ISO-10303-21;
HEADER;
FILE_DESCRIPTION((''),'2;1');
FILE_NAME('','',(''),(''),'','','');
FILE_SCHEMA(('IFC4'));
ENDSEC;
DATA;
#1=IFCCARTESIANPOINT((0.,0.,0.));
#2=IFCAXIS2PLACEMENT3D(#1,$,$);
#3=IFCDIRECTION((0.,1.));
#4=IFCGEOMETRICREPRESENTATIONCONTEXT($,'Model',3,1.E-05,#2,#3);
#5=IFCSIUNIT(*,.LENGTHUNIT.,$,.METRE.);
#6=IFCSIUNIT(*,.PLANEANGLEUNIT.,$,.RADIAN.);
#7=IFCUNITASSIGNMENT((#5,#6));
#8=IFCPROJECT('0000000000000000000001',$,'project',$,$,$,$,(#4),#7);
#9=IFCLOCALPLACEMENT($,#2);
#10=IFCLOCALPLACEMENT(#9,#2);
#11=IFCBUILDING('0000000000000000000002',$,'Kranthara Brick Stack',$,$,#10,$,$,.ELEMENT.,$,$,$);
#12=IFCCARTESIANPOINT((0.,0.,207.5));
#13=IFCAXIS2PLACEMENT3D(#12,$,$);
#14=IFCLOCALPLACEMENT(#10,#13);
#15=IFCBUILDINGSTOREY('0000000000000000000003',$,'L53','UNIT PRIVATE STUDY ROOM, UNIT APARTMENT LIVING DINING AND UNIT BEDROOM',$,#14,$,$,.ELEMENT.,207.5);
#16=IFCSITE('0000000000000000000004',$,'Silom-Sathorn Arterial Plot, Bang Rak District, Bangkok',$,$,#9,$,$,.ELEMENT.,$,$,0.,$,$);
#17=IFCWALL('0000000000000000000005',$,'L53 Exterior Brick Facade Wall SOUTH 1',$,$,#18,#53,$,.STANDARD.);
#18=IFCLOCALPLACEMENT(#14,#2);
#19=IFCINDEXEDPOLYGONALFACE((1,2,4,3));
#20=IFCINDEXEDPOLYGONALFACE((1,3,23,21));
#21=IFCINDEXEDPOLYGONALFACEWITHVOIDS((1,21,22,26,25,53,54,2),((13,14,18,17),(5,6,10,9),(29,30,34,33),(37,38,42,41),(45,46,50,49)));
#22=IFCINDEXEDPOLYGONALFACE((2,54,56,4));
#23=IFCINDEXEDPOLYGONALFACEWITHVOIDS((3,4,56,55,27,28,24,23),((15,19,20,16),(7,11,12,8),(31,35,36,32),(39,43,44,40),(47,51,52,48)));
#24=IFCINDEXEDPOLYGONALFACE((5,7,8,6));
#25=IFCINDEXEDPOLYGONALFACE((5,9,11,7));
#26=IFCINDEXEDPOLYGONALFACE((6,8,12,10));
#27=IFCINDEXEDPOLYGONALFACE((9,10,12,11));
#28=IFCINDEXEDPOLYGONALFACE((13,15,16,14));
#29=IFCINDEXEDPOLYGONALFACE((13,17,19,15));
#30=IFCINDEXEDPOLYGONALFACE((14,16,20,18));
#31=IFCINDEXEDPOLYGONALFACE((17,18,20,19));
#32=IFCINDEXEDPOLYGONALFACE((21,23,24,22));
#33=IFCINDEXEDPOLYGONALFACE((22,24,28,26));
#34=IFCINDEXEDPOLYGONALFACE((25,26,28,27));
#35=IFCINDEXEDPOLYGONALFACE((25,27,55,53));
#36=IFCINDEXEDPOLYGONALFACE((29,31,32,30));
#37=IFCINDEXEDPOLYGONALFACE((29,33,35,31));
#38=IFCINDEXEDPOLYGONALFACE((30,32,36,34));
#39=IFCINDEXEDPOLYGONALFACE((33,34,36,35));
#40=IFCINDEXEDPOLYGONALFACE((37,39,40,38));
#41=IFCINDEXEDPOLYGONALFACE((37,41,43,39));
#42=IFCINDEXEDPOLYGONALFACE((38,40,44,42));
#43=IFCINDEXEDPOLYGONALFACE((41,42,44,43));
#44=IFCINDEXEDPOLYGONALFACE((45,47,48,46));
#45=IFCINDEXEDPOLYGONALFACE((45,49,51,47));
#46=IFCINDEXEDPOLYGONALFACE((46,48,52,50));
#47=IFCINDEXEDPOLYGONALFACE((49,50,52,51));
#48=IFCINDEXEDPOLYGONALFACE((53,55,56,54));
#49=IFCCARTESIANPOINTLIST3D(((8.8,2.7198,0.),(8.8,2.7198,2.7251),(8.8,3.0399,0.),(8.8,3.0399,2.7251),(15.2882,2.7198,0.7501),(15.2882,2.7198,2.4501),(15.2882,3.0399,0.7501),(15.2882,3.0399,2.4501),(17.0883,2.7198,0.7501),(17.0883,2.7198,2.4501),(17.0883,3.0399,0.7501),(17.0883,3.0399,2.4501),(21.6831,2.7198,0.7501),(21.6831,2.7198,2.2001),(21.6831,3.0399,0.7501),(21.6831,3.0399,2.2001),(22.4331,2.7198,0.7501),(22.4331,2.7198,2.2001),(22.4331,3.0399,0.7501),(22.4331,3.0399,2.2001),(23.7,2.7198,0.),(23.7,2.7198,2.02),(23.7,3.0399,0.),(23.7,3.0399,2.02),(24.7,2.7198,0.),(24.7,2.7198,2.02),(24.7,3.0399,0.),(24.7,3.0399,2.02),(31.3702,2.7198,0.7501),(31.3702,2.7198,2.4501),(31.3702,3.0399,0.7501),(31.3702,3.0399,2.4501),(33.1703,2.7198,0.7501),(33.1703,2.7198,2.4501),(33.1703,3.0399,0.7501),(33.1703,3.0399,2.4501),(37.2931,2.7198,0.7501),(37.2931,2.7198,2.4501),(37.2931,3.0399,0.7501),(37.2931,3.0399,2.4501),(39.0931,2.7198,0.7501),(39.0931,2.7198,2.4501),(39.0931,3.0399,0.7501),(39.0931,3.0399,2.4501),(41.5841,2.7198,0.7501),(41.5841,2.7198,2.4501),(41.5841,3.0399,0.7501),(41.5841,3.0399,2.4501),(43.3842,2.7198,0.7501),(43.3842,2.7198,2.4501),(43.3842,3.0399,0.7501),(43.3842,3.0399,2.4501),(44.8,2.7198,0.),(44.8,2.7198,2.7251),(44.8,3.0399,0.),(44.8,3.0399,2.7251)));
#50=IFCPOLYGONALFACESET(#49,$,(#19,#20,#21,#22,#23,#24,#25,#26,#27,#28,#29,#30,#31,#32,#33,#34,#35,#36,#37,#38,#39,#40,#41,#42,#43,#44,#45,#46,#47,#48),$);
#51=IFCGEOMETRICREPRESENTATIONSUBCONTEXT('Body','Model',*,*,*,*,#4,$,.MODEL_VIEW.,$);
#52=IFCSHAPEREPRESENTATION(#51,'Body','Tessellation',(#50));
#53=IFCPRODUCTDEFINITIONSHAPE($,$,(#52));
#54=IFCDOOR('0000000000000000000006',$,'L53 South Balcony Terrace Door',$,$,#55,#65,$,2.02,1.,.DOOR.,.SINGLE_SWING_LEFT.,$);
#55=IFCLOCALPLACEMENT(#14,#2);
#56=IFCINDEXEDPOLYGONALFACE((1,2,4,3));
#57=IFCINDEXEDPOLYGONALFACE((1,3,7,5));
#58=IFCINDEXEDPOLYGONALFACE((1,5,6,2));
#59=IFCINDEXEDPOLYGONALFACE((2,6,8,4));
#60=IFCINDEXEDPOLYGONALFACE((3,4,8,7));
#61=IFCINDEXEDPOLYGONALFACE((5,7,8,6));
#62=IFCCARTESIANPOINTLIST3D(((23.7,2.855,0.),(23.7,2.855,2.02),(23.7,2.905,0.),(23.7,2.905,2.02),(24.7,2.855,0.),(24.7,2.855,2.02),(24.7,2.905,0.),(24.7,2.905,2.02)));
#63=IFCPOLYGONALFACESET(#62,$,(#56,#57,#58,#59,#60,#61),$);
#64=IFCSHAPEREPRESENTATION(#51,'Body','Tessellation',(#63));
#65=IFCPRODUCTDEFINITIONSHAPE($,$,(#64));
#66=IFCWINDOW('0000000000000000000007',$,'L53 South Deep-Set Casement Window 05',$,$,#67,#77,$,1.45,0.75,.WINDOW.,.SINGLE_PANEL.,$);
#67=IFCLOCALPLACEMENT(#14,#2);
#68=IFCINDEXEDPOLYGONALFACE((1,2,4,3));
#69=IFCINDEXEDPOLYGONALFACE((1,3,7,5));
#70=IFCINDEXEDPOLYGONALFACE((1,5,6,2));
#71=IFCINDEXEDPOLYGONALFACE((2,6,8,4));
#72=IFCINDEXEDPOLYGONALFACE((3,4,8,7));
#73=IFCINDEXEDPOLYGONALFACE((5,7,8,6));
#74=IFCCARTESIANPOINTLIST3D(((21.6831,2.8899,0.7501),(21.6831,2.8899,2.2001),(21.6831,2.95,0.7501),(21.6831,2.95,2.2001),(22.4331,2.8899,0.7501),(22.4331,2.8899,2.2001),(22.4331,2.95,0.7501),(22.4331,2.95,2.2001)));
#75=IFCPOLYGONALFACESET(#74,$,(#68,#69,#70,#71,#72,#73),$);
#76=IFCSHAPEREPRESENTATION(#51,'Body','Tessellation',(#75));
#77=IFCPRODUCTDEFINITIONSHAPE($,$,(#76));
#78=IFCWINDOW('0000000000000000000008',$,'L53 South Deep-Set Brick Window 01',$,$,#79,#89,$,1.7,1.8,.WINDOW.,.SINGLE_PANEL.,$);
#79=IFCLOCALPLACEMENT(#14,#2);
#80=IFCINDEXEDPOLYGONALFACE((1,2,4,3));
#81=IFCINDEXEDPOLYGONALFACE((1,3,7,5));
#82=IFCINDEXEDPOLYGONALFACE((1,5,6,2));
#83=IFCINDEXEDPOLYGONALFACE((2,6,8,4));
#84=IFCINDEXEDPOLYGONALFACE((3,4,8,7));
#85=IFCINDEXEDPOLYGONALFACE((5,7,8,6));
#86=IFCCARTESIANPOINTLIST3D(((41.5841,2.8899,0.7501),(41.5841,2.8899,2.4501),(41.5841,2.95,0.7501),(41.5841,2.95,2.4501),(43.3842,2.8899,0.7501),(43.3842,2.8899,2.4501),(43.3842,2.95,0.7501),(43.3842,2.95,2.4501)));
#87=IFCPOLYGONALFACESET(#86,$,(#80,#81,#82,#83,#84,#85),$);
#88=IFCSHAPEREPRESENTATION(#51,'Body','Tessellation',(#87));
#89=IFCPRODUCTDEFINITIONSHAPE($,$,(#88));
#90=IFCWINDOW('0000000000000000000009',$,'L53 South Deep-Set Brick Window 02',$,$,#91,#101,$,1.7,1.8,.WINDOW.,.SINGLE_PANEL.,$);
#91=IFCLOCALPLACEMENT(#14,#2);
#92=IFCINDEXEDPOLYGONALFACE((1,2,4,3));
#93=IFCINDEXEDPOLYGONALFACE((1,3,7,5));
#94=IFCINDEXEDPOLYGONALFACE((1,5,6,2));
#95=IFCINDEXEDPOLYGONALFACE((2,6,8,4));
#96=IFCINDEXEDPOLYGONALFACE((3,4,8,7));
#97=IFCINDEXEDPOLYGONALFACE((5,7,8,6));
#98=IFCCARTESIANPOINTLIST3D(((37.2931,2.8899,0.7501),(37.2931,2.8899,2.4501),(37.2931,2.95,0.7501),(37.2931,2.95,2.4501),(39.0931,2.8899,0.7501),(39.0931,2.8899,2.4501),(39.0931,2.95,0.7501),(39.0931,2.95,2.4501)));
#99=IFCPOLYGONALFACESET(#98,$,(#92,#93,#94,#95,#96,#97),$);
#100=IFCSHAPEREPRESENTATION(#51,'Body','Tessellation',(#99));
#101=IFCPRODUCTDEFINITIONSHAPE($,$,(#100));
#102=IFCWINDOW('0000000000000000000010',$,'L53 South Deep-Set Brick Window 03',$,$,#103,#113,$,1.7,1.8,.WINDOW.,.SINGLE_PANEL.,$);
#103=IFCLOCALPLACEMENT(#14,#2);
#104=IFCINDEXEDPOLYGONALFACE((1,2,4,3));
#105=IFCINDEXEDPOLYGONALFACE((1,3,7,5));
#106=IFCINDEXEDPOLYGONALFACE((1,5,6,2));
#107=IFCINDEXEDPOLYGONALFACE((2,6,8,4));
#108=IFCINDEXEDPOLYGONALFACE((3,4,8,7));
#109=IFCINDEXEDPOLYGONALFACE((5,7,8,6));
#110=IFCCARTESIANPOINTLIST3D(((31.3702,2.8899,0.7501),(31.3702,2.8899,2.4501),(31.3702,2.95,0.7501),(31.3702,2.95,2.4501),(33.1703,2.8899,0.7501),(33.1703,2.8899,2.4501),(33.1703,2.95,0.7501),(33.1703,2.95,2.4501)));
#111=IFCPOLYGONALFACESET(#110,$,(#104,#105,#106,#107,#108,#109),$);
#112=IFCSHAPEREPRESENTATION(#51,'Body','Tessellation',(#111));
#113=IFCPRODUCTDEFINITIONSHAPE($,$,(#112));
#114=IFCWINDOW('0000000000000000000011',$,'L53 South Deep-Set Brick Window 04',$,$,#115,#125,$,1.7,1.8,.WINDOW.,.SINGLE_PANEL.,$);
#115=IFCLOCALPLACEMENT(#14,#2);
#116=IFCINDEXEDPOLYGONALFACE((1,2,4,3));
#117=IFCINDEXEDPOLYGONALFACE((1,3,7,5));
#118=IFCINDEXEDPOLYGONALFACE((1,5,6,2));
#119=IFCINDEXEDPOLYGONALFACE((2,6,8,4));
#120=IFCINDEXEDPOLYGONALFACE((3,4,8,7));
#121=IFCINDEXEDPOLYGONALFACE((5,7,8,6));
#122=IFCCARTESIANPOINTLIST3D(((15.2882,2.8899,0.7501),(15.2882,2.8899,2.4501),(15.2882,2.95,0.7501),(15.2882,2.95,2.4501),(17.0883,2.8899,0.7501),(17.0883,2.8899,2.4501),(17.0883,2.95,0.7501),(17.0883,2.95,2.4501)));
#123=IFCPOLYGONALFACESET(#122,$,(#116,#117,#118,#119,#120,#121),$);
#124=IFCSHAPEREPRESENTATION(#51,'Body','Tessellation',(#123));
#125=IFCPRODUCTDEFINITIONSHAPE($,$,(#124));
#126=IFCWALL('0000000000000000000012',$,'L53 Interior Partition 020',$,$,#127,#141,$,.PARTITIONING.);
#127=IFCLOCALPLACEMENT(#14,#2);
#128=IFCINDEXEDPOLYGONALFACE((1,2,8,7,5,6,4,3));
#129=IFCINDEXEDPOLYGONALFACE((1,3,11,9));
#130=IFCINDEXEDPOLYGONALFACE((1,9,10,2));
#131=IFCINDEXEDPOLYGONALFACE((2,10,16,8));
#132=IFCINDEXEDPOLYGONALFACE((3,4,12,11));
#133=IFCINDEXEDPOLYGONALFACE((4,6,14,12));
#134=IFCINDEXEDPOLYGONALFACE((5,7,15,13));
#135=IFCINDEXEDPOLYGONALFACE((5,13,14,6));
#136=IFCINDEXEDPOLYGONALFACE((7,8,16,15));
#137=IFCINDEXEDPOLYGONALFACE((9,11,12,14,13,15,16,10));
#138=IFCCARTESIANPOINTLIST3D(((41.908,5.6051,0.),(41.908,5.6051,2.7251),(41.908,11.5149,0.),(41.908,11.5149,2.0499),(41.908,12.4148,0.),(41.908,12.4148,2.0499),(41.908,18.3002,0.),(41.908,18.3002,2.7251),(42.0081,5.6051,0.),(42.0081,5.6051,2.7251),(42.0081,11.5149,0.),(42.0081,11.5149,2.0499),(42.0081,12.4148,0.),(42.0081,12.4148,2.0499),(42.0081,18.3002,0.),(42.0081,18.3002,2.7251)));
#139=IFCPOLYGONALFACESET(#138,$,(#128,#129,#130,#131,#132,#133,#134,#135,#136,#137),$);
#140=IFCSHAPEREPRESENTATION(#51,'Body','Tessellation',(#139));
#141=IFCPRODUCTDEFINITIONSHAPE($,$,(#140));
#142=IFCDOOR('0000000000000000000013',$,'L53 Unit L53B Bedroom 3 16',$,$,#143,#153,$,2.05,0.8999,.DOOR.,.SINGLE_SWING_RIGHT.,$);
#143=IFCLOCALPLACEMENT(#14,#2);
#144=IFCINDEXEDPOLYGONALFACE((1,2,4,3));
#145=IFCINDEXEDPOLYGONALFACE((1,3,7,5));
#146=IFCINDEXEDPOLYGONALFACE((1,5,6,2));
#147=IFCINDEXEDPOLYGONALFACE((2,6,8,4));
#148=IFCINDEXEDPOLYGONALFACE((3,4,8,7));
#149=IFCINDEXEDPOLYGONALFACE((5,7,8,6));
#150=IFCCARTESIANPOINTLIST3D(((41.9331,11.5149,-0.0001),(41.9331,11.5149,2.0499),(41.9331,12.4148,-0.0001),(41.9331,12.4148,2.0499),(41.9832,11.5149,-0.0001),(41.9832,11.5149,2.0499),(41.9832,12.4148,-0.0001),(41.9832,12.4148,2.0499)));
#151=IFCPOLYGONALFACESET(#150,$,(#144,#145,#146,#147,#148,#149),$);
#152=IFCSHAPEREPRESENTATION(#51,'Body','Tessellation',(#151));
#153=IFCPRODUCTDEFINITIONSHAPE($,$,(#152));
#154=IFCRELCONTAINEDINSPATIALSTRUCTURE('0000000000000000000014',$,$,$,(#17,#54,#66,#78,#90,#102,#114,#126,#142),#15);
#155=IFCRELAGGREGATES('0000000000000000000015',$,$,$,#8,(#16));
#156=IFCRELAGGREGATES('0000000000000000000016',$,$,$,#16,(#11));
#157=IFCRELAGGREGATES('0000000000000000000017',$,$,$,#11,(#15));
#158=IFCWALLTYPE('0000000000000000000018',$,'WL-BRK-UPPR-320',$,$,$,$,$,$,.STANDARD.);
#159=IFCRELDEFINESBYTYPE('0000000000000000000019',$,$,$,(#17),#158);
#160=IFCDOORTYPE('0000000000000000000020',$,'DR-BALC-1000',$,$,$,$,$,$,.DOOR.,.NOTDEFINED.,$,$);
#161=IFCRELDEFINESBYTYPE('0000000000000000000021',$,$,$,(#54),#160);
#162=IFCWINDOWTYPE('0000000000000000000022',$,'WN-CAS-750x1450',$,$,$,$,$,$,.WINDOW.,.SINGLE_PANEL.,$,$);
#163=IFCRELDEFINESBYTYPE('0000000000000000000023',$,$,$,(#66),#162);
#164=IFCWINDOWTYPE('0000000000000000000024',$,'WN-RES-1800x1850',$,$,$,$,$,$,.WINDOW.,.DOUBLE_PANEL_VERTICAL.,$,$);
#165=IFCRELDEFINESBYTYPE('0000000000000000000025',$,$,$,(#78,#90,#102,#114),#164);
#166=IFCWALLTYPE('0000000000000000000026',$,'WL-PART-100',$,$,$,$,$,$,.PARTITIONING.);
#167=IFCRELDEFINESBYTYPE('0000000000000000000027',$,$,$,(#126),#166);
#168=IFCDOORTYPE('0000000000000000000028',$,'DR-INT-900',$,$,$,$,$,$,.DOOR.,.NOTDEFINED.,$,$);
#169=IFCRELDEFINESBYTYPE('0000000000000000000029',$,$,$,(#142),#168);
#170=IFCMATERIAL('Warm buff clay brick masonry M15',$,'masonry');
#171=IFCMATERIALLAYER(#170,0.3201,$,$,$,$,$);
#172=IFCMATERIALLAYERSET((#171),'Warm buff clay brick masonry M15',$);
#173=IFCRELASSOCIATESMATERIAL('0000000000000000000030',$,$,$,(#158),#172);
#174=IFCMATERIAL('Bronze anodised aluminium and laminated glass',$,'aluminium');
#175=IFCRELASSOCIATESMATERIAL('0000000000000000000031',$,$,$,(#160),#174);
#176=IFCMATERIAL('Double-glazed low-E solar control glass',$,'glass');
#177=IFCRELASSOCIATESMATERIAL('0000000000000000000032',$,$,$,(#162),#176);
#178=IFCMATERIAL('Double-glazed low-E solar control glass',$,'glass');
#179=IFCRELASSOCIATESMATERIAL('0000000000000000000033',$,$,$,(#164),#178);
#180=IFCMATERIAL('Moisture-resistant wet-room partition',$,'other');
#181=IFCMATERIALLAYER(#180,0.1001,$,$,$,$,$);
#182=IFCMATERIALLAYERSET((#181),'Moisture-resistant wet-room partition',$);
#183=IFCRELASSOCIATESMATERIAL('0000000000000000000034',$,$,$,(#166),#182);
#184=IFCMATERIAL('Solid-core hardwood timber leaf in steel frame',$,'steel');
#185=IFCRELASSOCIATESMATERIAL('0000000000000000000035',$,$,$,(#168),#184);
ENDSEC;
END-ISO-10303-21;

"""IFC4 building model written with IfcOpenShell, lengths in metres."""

from ifc_helpers import new_model, si_unit, direction, frame, frame_2d, origin, place, context, subcontext, project, spatial, rectangle, extrude, material, layer, layer_set, type_object, element, fill, save


model = new_model("IFC4")

# Units and contexts
model_context = context("Model", 3, precision=1e-05, world=origin(), true_north=direction((0.0, 1.0)))
body_context = subcontext(model_context, "Body", "Model", "MODEL_VIEW")
ifc_project = project(units=[si_unit("LENGTHUNIT", "METRE"), si_unit("PLANEANGLEUNIT", "RADIAN")], contexts=[model_context])

# Site, building, storey
site_placement = place(None, origin())
site = spatial("IfcSite", under=ifc_project, at=site_placement, Name="Silom-Sathorn Arterial Plot, Bang Rak District, Bangkok", CompositionType="ELEMENT", RefElevation=0.0)
building_placement = place(site_placement, origin())
building = spatial("IfcBuilding", under=site, at=building_placement, Name="Kranthara Brick Stack", CompositionType="ELEMENT")
storey_placement = place(building_placement, frame((0.0, 0.0, 207.5)))
storey = spatial("IfcBuildingStorey", under=building, at=storey_placement, Name="L53", Description="UNIT PRIVATE STUDY ROOM, UNIT APARTMENT LIVING DINING AND UNIT BEDROOM", CompositionType="ELEMENT", Elevation=207.5)

# Wall, openings, door, windows
ifc_material_1 = material(Name="Warm buff clay brick masonry M15", Category="masonry")
ifc_layer_1 = layer(ifc_material_1, 0.3201)
ifc_layer_set_1 = layer_set([ifc_layer_1], Name="Warm buff clay brick masonry M15")
wall_type_1 = type_object("IfcWallType", Name="WL-BRK-UPPR-320", PredefinedType="STANDARD", material=ifc_layer_set_1)
wall_1_placement = place(storey_placement, frame((44.8, 2.8799, 0.0), z_axis=(0.0, 0.0, 1.0), x_axis=(-1.0, 0.0, 0.0)))
wall_1 = element("IfcWall", 1, at=wall_1_placement, inside=storey, type_object=wall_type_1, Name="L53 Exterior Brick Facade Wall SOUTH 1", PredefinedType="STANDARD", context=body_context, shape_type="SweptSolid", body=[
    extrude(rectangle(XDim=36.0, YDim=0.3201, at=frame_2d((18.0, 0.0))), origin(), (0.0, 0.0, 1.0), 2.7251),
])
opening_1_placement = place(wall_1_placement, frame((20.1001, 0.0, 0.0)))
opening_1 = element("IfcOpeningElement", 2, at=opening_1_placement, cuts=wall_1, PredefinedType="OPENING", context=body_context, shape_type="SweptSolid", body=[
    extrude(rectangle(XDim=1.0, YDim=2.02, at=frame_2d((0.5, 1.01))), frame((0.0, 0.1699, 0.0), z_axis=(0.0, -1.0, 0.0), x_axis=(1.0, 0.0, 0.0)), (0.0, 0.0, 1.0), 0.3401),
])
opening_2_placement = place(wall_1_placement, frame((1.416, 0.0, 0.75)))
opening_2 = element("IfcOpeningElement", 3, at=opening_2_placement, cuts=wall_1, PredefinedType="OPENING", context=body_context, shape_type="SweptSolid", body=[
    extrude(rectangle(XDim=1.8, YDim=1.7, at=frame_2d((0.8999, 0.8501))), frame((0.0, 0.1699, 0.0), z_axis=(0.0, -1.0, 0.0), x_axis=(1.0, 0.0, 0.0)), (0.0, 0.0, 1.0), 0.3401),
])
opening_3_placement = place(wall_1_placement, frame((5.707, 0.0, 0.75)))
opening_3 = element("IfcOpeningElement", 4, at=opening_3_placement, cuts=wall_1, PredefinedType="OPENING", context=body_context, shape_type="SweptSolid", body=[
    extrude(rectangle(XDim=1.8, YDim=1.7, at=frame_2d((0.8999, 0.8501))), frame((0.0, 0.1699, 0.0), z_axis=(0.0, -1.0, 0.0), x_axis=(1.0, 0.0, 0.0)), (0.0, 0.0, 1.0), 0.3401),
])
opening_4_placement = place(wall_1_placement, frame((11.6299, 0.0, 0.75)))
opening_4 = element("IfcOpeningElement", 5, at=opening_4_placement, cuts=wall_1, PredefinedType="OPENING", context=body_context, shape_type="SweptSolid", body=[
    extrude(rectangle(XDim=1.8, YDim=1.7, at=frame_2d((0.8999, 0.8501))), frame((0.0, 0.1699, 0.0), z_axis=(0.0, -1.0, 0.0), x_axis=(1.0, 0.0, 0.0)), (0.0, 0.0, 1.0), 0.3401),
])
opening_5_placement = place(wall_1_placement, frame((27.7119, 0.0, 0.75)))
opening_5 = element("IfcOpeningElement", 6, at=opening_5_placement, cuts=wall_1, PredefinedType="OPENING", context=body_context, shape_type="SweptSolid", body=[
    extrude(rectangle(XDim=1.8, YDim=1.7, at=frame_2d((0.8999, 0.8501))), frame((0.0, 0.1699, 0.0), z_axis=(0.0, -1.0, 0.0), x_axis=(1.0, 0.0, 0.0)), (0.0, 0.0, 1.0), 0.3401),
])
opening_6_placement = place(wall_1_placement, frame((22.3669, 0.0, 0.75)))
opening_6 = element("IfcOpeningElement", 7, at=opening_6_placement, cuts=wall_1, PredefinedType="OPENING", context=body_context, shape_type="SweptSolid", body=[
    extrude(rectangle(XDim=0.75, YDim=1.45, at=frame_2d((0.375, 0.7251))), frame((0.0, 0.1699, 0.0), z_axis=(0.0, -1.0, 0.0), x_axis=(1.0, 0.0, 0.0)), (0.0, 0.0, 1.0), 0.3401),
])
ifc_material_2 = material(Name="Bronze anodised aluminium and laminated glass", Category="aluminium")
door_type_1 = type_object("IfcDoorType", Name="DR-BALC-1000", OperationType="NOTDEFINED", PredefinedType="DOOR", material=ifc_material_2)
door_1_placement = place(opening_1_placement, origin())
door_1 = element("IfcDoor", 8, at=door_1_placement, inside=storey, type_object=door_type_1, Name="L53 South Balcony Terrace Door", OperationType="SINGLE_SWING_LEFT", OverallHeight=2.02, OverallWidth=1.0, PredefinedType="DOOR", context=body_context, shape_type="SweptSolid", body=[
    extrude(rectangle(XDim=1.0, YDim=2.02, at=frame_2d((0.5, 1.01))), frame((0.0, 0.0249, 0.0), z_axis=(0.0, -1.0, 0.0), x_axis=(1.0, 0.0, 0.0)), (0.0, 0.0, 1.0), 0.05),
])
fill(opening_1, door_1)
ifc_material_3 = material(Name="Double-glazed low-E solar control glass", Category="glass")
window_type_1 = type_object("IfcWindowType", Name="WN-CAS-750x1450", PartitioningType="SINGLE_PANEL", PredefinedType="WINDOW", material=ifc_material_3)
window_1_placement = place(opening_6_placement, origin())
window_1 = element("IfcWindow", 9, at=window_1_placement, inside=storey, type_object=window_type_1, Name="L53 South Deep-Set Casement Window 05", OverallHeight=1.45, OverallWidth=0.75, PartitioningType="SINGLE_PANEL", PredefinedType="WINDOW", context=body_context, shape_type="SweptSolid", body=[
    extrude(rectangle(XDim=0.75, YDim=1.45, at=frame_2d((0.375, 0.7251))), frame((0.0, -0.01, 0.0), z_axis=(0.0, -1.0, 0.0), x_axis=(1.0, 0.0, 0.0)), (0.0, 0.0, 1.0), 0.0601),
])
fill(opening_6, window_1)
ifc_material_4 = material(Name="Double-glazed low-E solar control glass", Category="glass")
window_type_2 = type_object("IfcWindowType", Name="WN-RES-1800x1850", PartitioningType="DOUBLE_PANEL_VERTICAL", PredefinedType="WINDOW", material=ifc_material_4)
window_2_placement = place(opening_2_placement, origin())
window_2 = element("IfcWindow", 10, at=window_2_placement, inside=storey, type_object=window_type_2, Name="L53 South Deep-Set Brick Window 01", OverallHeight=1.7, OverallWidth=1.8, PartitioningType="SINGLE_PANEL", PredefinedType="WINDOW", context=body_context, shape_type="SweptSolid", body=[
    extrude(rectangle(XDim=1.8, YDim=1.7, at=frame_2d((0.8999, 0.8501))), frame((0.0, -0.01, 0.0), z_axis=(0.0, -1.0, 0.0), x_axis=(1.0, 0.0, 0.0)), (0.0, 0.0, 1.0), 0.0601),
])
fill(opening_2, window_2)
window_3_placement = place(opening_3_placement, origin())
window_3 = element("IfcWindow", 11, at=window_3_placement, inside=storey, type_object=window_type_2, Name="L53 South Deep-Set Brick Window 02", OverallHeight=1.7, OverallWidth=1.8, PartitioningType="SINGLE_PANEL", PredefinedType="WINDOW", context=body_context, shape_type="SweptSolid", body=[
    extrude(rectangle(XDim=1.8, YDim=1.7, at=frame_2d((0.8999, 0.8501))), frame((0.0, -0.01, 0.0), z_axis=(0.0, -1.0, 0.0), x_axis=(1.0, 0.0, 0.0)), (0.0, 0.0, 1.0), 0.0601),
])
fill(opening_3, window_3)
window_4_placement = place(opening_4_placement, origin())
window_4 = element("IfcWindow", 12, at=window_4_placement, inside=storey, type_object=window_type_2, Name="L53 South Deep-Set Brick Window 03", OverallHeight=1.7, OverallWidth=1.8, PartitioningType="SINGLE_PANEL", PredefinedType="WINDOW", context=body_context, shape_type="SweptSolid", body=[
    extrude(rectangle(XDim=1.8, YDim=1.7, at=frame_2d((0.8999, 0.8501))), frame((0.0, -0.01, 0.0), z_axis=(0.0, -1.0, 0.0), x_axis=(1.0, 0.0, 0.0)), (0.0, 0.0, 1.0), 0.0601),
])
fill(opening_4, window_4)
window_5_placement = place(opening_5_placement, origin())
window_5 = element("IfcWindow", 13, at=window_5_placement, inside=storey, type_object=window_type_2, Name="L53 South Deep-Set Brick Window 04", OverallHeight=1.7, OverallWidth=1.8, PartitioningType="SINGLE_PANEL", PredefinedType="WINDOW", context=body_context, shape_type="SweptSolid", body=[
    extrude(rectangle(XDim=1.8, YDim=1.7, at=frame_2d((0.8999, 0.8501))), frame((0.0, -0.01, 0.0), z_axis=(0.0, -1.0, 0.0), x_axis=(1.0, 0.0, 0.0)), (0.0, 0.0, 1.0), 0.0601),
])
fill(opening_5, window_5)

# Wall, opening, door
ifc_material_5 = material(Name="Moisture-resistant wet-room partition", Category="other")
ifc_layer_2 = layer(ifc_material_5, 0.1001)
ifc_layer_set_2 = layer_set([ifc_layer_2], Name="Moisture-resistant wet-room partition")
wall_type_2 = type_object("IfcWallType", Name="WL-PART-100", PredefinedType="PARTITIONING", material=ifc_layer_set_2)
wall_2_placement = place(storey_placement, frame((41.958, 5.605, 0.0), z_axis=(0.0, 0.0, 1.0), x_axis=(0.0, 1.0, 0.0)))
wall_2 = element("IfcWall", 14, at=wall_2_placement, inside=storey, type_object=wall_type_2, Name="L53 Interior Partition 020", PredefinedType="PARTITIONING", context=body_context, shape_type="SweptSolid", body=[
    extrude(rectangle(XDim=12.6951, YDim=0.1001, at=frame_2d((6.3477, 0.0))), origin(), (0.0, 0.0, 1.0), 2.7251),
])
opening_7_placement = place(wall_2_placement, frame((5.9099, 0.0, 0.0)))
opening_7 = element("IfcOpeningElement", 15, at=opening_7_placement, cuts=wall_2, PredefinedType="OPENING", context=body_context, shape_type="SweptSolid", body=[
    extrude(rectangle(XDim=0.8999, YDim=2.05, at=frame_2d((0.45, 1.0249))), frame((0.0, 0.0601, 0.0), z_axis=(0.0, -1.0, 0.0), x_axis=(1.0, 0.0, 0.0)), (0.0, 0.0, 1.0), 0.1201),
])
ifc_material_6 = material(Name="Solid-core hardwood timber leaf in steel frame", Category="steel")
door_type_2 = type_object("IfcDoorType", Name="DR-INT-900", OperationType="NOTDEFINED", PredefinedType="DOOR", material=ifc_material_6)
door_2_placement = place(opening_7_placement, origin())
door_2 = element("IfcDoor", 16, at=door_2_placement, inside=storey, type_object=door_type_2, Name="L53 Unit L53B Bedroom 3 16", OperationType="SINGLE_SWING_RIGHT", OverallHeight=2.05, OverallWidth=0.8999, PredefinedType="DOOR", context=body_context, shape_type="SweptSolid", body=[
    extrude(rectangle(XDim=0.8999, YDim=2.05, at=frame_2d((0.45, 1.0249))), frame((0.0, 0.0249, 0.0), z_axis=(0.0, -1.0, 0.0), x_axis=(1.0, 0.0, 0.0)), (0.0, 0.0, 1.0), 0.05),
])
fill(opening_7, door_2)

save(model, "model.ifc")
